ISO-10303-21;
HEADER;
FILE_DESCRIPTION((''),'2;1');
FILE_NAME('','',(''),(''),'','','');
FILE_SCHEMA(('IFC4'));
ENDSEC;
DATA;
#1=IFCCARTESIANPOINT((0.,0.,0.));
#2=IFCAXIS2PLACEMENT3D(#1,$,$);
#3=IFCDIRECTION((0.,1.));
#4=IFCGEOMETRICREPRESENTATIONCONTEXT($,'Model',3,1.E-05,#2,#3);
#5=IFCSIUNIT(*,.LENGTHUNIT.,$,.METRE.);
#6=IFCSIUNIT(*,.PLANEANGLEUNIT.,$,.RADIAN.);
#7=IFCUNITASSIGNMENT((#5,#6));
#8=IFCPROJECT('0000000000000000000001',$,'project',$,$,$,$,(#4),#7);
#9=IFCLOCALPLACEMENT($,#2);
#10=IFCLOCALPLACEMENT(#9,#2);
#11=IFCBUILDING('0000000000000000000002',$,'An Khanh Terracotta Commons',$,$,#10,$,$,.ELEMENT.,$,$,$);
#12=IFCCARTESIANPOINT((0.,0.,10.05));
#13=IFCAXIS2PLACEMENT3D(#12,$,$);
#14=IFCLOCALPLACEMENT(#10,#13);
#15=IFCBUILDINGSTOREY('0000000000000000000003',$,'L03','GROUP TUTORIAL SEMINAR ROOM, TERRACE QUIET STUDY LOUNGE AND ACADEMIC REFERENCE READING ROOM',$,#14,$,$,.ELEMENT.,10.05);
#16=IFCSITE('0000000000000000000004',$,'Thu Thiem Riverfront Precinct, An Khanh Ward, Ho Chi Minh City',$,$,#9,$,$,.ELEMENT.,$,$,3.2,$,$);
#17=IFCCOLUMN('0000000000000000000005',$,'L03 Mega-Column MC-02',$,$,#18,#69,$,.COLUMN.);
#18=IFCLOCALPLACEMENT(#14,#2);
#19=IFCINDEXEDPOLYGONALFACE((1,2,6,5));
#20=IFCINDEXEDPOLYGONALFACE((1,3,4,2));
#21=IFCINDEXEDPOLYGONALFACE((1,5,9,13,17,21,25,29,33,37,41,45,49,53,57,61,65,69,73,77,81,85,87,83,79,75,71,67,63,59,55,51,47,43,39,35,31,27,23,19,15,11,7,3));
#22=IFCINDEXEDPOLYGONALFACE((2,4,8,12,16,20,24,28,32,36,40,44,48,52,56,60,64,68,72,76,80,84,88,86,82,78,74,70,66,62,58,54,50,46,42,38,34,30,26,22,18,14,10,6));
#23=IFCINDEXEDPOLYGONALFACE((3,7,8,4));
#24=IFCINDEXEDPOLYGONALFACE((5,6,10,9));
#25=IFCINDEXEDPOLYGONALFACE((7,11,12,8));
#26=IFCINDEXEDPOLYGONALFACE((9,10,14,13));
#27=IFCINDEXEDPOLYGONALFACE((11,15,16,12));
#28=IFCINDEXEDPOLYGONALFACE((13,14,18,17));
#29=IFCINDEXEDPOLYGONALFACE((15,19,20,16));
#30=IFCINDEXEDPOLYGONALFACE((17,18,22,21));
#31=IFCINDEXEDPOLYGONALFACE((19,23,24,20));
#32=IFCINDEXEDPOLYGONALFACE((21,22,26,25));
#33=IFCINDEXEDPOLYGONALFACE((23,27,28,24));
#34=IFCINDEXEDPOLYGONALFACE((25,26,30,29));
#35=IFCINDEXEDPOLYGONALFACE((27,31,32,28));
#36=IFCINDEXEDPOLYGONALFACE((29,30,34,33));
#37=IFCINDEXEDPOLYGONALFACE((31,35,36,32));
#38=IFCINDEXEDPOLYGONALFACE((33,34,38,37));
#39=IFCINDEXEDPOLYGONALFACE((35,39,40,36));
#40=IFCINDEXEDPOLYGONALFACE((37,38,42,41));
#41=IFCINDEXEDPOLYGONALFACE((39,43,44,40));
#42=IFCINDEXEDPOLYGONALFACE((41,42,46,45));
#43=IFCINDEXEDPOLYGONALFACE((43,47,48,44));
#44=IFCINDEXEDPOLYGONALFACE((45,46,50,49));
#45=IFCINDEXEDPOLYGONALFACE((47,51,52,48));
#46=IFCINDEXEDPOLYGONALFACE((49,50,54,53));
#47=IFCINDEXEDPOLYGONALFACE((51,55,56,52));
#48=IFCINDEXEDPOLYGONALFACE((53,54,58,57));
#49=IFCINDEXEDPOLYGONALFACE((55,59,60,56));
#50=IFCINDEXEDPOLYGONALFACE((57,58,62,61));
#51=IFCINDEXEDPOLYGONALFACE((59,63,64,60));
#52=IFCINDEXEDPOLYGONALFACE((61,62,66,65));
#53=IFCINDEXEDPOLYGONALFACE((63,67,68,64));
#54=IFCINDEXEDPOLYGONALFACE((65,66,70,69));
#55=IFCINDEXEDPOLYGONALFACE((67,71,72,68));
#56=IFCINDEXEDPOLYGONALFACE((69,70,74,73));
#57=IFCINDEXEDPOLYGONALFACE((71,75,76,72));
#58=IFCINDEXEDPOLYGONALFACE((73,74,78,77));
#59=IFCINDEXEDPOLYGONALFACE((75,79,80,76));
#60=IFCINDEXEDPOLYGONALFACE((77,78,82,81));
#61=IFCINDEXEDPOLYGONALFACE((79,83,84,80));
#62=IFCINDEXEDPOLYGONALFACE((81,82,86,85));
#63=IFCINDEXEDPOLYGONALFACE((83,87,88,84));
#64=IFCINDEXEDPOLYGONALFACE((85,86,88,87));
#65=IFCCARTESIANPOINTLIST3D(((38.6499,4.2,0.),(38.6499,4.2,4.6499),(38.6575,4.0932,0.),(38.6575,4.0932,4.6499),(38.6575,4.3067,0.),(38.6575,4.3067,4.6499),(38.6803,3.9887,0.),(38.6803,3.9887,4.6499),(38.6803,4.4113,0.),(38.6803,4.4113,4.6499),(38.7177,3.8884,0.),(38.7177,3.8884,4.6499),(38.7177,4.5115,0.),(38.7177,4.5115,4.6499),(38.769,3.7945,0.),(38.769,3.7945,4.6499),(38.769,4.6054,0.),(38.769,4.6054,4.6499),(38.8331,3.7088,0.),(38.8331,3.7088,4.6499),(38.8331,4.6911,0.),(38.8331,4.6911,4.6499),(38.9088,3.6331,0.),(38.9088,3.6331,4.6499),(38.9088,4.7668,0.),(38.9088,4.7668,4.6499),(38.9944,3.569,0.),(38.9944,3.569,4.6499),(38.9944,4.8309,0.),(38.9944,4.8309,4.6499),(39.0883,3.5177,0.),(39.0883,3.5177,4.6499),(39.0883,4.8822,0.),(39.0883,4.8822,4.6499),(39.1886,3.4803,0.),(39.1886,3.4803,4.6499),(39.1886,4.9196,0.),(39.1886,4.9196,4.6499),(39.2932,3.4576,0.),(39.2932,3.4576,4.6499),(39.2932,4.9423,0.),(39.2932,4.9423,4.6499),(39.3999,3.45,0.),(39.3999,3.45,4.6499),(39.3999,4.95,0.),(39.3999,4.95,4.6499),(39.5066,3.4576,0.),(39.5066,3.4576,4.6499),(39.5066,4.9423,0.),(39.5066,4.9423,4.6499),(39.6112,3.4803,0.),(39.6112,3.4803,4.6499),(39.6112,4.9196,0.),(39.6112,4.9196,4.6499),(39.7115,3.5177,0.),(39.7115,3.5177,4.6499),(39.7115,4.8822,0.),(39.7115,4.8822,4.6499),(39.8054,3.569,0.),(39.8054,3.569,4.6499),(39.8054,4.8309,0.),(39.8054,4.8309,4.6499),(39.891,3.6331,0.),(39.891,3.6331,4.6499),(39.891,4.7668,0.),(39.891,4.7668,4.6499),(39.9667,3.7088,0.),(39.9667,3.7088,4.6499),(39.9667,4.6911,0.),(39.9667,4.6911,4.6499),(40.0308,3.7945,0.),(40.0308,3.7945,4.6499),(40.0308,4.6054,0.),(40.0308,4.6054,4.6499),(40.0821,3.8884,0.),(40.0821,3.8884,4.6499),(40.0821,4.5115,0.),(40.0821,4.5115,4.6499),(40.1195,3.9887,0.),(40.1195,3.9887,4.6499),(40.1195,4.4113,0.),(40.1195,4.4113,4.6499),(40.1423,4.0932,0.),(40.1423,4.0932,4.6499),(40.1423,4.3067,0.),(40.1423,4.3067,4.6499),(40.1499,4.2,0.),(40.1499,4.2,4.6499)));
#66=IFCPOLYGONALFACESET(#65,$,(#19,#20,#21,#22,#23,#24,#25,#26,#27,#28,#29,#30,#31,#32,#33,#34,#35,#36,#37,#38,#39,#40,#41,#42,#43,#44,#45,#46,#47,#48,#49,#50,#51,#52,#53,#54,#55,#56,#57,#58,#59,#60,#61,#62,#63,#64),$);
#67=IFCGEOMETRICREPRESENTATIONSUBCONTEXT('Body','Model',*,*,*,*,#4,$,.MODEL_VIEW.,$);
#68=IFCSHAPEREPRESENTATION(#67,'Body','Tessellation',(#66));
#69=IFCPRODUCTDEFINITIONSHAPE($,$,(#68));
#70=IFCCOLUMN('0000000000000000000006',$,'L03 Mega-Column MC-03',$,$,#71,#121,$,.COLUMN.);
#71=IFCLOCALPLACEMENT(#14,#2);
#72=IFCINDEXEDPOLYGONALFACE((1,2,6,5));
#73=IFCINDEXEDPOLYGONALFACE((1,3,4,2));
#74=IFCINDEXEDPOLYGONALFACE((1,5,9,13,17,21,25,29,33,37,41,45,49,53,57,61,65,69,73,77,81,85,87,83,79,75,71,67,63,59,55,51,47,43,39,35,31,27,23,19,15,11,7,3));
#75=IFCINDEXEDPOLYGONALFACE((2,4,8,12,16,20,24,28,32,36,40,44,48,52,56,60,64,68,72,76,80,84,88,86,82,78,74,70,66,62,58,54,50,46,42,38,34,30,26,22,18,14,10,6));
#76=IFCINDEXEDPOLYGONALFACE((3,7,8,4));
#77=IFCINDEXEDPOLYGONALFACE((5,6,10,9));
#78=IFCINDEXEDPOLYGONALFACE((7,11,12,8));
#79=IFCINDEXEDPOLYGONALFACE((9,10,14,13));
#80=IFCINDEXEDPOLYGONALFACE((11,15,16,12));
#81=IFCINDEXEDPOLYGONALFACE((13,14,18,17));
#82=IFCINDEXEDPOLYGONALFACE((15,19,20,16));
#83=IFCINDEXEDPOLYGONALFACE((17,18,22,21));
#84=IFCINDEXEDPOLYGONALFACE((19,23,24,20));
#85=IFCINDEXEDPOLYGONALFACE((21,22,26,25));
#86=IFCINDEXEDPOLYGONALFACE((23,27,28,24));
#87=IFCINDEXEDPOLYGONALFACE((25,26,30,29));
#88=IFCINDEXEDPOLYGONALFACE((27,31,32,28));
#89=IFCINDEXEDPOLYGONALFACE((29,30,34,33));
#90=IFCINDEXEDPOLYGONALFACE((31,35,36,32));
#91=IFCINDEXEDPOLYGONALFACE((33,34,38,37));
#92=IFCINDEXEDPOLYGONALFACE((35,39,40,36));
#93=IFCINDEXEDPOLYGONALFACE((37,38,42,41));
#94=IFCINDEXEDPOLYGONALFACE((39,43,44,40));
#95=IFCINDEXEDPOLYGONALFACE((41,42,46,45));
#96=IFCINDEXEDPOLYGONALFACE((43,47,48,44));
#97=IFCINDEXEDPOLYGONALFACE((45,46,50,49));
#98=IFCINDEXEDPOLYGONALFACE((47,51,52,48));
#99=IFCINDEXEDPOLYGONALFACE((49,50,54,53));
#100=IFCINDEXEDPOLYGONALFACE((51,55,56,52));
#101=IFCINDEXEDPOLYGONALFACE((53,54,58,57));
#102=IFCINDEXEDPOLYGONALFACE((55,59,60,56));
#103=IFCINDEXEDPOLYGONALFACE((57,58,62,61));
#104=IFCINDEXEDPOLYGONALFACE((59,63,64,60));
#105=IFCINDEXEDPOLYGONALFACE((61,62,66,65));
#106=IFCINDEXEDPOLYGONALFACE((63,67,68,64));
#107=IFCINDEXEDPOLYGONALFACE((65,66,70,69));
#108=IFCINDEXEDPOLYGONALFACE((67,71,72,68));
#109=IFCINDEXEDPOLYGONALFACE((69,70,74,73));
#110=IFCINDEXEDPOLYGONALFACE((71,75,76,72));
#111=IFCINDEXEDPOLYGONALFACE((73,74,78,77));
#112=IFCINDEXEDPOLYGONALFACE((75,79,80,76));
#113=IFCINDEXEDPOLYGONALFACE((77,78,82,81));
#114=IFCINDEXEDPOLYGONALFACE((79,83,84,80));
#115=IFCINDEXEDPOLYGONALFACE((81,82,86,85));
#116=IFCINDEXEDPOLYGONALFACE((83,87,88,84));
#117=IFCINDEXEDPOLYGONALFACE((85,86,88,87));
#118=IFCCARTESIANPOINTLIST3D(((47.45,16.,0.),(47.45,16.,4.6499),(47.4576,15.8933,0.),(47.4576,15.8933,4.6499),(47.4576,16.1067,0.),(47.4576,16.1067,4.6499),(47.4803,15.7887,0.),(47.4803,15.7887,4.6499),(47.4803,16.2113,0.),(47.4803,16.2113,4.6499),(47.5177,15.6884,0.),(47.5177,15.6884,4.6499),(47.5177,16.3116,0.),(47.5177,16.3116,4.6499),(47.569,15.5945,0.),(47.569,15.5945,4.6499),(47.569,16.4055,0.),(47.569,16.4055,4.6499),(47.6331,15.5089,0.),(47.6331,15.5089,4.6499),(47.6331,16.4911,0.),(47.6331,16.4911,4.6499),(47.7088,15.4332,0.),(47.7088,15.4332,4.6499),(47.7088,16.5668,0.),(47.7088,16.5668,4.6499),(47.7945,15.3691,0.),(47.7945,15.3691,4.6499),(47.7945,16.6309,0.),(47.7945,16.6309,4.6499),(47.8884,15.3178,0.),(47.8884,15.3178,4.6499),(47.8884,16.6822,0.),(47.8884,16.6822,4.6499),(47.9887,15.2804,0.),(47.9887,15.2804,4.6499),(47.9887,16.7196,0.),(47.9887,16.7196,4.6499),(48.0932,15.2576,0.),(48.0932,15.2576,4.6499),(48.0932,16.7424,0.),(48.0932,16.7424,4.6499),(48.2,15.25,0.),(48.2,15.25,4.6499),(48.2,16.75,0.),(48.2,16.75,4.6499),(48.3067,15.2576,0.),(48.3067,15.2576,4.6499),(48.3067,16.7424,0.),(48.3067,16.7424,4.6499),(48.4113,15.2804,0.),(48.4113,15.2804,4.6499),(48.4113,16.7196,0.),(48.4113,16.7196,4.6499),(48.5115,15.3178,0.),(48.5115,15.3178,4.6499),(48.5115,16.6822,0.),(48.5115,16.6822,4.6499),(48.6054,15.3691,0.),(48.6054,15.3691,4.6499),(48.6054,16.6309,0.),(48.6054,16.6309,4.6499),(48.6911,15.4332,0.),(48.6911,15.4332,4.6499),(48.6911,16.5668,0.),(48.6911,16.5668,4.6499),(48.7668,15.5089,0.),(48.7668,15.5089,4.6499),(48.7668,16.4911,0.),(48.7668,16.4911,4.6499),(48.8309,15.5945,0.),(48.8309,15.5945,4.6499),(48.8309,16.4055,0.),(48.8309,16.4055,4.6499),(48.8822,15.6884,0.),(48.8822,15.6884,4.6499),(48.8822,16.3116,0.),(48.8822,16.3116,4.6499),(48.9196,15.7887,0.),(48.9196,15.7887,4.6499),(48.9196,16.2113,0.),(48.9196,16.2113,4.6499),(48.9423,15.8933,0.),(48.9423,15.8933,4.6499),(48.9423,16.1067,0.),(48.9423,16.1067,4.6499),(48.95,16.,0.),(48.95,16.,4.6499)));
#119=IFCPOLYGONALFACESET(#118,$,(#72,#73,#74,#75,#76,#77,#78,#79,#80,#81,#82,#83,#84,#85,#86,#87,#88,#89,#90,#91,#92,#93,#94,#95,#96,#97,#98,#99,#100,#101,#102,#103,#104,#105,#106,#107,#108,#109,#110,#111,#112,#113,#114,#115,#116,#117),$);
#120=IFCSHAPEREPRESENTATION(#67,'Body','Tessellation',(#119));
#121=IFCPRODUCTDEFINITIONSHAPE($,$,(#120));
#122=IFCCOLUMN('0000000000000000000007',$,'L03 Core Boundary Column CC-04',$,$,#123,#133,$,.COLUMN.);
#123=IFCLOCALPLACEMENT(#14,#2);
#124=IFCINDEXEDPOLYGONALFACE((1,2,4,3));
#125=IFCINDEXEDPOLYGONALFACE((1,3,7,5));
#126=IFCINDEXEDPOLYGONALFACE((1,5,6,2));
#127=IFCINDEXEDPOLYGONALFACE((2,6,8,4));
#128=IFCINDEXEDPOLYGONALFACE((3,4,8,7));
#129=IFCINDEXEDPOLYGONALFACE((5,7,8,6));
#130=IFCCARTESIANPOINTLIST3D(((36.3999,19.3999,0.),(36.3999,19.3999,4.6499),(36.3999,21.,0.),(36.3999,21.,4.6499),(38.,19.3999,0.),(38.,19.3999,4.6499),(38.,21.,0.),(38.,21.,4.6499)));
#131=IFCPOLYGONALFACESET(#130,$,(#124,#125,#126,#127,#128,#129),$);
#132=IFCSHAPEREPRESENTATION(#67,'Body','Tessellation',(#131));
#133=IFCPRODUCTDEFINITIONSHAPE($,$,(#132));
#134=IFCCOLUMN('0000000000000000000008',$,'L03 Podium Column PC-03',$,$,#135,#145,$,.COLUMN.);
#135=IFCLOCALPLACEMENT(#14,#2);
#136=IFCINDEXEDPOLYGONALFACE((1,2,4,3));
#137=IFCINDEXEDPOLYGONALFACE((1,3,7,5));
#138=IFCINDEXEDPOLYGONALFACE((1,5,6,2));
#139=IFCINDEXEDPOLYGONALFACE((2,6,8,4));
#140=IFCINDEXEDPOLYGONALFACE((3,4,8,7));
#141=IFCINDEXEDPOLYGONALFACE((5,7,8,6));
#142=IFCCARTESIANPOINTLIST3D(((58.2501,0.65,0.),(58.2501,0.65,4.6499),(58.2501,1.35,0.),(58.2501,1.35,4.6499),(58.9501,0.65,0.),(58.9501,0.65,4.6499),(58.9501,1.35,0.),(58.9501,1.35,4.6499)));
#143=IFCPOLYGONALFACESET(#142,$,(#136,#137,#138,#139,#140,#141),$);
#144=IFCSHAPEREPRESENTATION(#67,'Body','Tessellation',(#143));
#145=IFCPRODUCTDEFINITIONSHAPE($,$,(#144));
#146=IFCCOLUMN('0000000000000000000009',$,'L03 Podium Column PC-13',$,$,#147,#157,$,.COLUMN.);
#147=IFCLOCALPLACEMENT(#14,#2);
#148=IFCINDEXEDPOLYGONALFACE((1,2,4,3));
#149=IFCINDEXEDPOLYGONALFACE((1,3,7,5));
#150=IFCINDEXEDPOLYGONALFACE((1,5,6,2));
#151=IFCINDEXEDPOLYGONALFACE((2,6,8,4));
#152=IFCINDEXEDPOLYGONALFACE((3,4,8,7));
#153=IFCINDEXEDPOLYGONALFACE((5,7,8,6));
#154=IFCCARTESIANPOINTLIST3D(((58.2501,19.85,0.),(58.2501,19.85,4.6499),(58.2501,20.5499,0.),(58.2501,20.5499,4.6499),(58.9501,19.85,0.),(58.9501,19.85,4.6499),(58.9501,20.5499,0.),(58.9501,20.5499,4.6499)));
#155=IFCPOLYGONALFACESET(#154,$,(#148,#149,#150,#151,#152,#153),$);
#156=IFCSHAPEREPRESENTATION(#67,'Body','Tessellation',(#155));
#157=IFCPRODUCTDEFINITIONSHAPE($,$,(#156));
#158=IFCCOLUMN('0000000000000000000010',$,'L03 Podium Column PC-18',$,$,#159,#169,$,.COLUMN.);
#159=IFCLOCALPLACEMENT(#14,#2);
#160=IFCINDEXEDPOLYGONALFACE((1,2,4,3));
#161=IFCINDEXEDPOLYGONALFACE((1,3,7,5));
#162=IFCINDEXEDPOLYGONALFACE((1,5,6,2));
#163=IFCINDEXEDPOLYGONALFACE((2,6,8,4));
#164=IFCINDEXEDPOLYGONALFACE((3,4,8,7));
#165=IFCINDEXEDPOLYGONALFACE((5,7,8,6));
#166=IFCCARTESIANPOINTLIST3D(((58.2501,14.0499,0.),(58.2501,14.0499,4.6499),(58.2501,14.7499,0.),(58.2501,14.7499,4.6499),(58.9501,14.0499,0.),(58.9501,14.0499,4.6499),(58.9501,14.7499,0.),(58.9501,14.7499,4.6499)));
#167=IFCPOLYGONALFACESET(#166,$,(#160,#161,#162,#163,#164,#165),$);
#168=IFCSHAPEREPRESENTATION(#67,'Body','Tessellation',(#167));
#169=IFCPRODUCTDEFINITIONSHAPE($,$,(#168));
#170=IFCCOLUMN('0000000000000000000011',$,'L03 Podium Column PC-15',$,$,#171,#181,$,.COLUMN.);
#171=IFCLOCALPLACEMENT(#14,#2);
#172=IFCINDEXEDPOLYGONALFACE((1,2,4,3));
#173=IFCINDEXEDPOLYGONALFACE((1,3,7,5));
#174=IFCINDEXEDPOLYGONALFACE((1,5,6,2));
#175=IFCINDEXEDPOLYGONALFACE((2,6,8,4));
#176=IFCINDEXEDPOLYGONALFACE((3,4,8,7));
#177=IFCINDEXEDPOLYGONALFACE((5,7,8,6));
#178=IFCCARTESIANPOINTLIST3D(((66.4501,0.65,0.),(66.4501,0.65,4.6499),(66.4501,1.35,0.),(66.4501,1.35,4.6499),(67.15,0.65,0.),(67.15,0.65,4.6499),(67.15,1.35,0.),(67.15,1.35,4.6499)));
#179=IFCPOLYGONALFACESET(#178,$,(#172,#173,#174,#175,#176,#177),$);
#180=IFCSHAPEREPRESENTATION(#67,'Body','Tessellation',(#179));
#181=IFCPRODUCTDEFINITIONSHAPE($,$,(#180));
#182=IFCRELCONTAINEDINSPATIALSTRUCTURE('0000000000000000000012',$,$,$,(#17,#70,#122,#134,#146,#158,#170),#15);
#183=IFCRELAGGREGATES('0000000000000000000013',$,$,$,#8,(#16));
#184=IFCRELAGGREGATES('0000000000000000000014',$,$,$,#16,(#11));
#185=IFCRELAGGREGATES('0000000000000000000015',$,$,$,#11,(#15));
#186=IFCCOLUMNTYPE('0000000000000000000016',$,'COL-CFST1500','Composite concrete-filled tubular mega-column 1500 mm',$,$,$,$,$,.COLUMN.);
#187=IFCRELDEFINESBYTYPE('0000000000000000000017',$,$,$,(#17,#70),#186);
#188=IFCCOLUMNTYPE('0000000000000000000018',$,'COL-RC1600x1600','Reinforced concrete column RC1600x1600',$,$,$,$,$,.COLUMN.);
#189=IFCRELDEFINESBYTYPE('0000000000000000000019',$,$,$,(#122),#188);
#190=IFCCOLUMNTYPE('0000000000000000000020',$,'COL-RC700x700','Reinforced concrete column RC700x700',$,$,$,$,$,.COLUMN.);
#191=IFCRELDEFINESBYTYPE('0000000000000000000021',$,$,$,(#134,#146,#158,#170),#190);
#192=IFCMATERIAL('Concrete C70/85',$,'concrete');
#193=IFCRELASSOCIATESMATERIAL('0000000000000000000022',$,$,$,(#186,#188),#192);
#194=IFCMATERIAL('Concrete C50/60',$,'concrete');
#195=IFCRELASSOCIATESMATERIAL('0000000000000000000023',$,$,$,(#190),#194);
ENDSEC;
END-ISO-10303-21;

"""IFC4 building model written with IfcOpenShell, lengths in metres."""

from ifc_helpers import new_model, si_unit, direction, frame, origin, origin_2d, place, context, subcontext, project, spatial, rectangle, circle, extrude, material, material_profile, profile_set, type_object, element, save


model = new_model("IFC4")

# Units and contexts
model_context = context("Model", 3, precision=1e-05, world=origin(), true_north=direction((0.0, 1.0)))
body_context = subcontext(model_context, "Body", "Model", "MODEL_VIEW")
ifc_project = project(units=[si_unit("LENGTHUNIT", "METRE"), si_unit("PLANEANGLEUNIT", "RADIAN")], contexts=[model_context])

# Site, building, storey
site_placement = place(None, origin())
site = spatial("IfcSite", under=ifc_project, at=site_placement, Name="Thu Thiem Riverfront Precinct, An Khanh Ward, Ho Chi Minh City", CompositionType="ELEMENT", RefElevation=3.2)
building_placement = place(site_placement, origin())
building = spatial("IfcBuilding", under=site, at=building_placement, Name="An Khanh Terracotta Commons", CompositionType="ELEMENT")
storey_placement = place(building_placement, frame((0.0, 0.0, 10.05)))
storey = spatial("IfcBuildingStorey", under=building, at=storey_placement, Name="L03", Description="GROUP TUTORIAL SEMINAR ROOM, TERRACE QUIET STUDY LOUNGE AND ACADEMIC REFERENCE READING ROOM", CompositionType="ELEMENT", Elevation=10.05)

# Columns
ifc_material_1 = material(Name="Concrete C70/85", Category="concrete")
ifc_material_profile_1 = material_profile(ifc_material_1, circle(Radius=0.75, at=origin_2d()), Name="CFST1500")
ifc_profile_set_1 = profile_set([ifc_material_profile_1], Name="Concrete C70/85")
column_type_1 = type_object("IfcColumnType", Name="COL-CFST1500", Description="Composite concrete-filled tubular mega-column 1500 mm", PredefinedType="COLUMN", material=ifc_profile_set_1)
for number, where, z_axis, x_axis, name in (
    (1, (39.3999, 4.2, 0.0), (0.0, 0.0, 1.0), (1.0, 0.0, 0.0), "L03 Mega-Column MC-02"),
    (2, (48.2, 16.0, 0.0), (0.0, 0.0, 1.0), (1.0, 0.0, 0.0), "L03 Mega-Column MC-03"),
):
    element("IfcColumn", number, at=place(storey_placement, frame(where, z_axis=z_axis, x_axis=x_axis)), inside=storey, type_object=column_type_1, Name=name, PredefinedType="COLUMN", context=body_context, shape_type="SweptSolid", body=[
        extrude(circle(Radius=0.75, at=origin_2d()), origin(), (0.0, 0.0, 1.0), 4.6499),
    ])
ifc_material_profile_2 = material_profile(ifc_material_1, rectangle(XDim=1.6001, YDim=1.6001, at=origin_2d()), Name="RC1600x1600")
ifc_profile_set_2 = profile_set([ifc_material_profile_2], Name="Concrete C70/85")
column_type_2 = type_object("IfcColumnType", Name="COL-RC1600x1600", Description="Reinforced concrete column RC1600x1600", PredefinedType="COLUMN", material=ifc_profile_set_2)
column_placement = place(storey_placement, frame((37.2, 20.2, 0.0), z_axis=(0.0, 0.0, 1.0), x_axis=(1.0, 0.0, 0.0)))
element("IfcColumn", 3, at=column_placement, inside=storey, type_object=column_type_2, Name="L03 Core Boundary Column CC-04", PredefinedType="COLUMN", context=body_context, shape_type="SweptSolid", body=[
    extrude(rectangle(XDim=1.6001, YDim=1.6001, at=origin_2d()), origin(), (0.0, 0.0, 1.0), 4.6499),
])
ifc_material_2 = material(Name="Concrete C50/60", Category="concrete")
ifc_material_profile_3 = material_profile(ifc_material_2, rectangle(XDim=0.7, YDim=0.7, at=origin_2d()), Name="RC700x700")
ifc_profile_set_3 = profile_set([ifc_material_profile_3], Name="Concrete C50/60")
column_type_3 = type_object("IfcColumnType", Name="COL-RC700x700", Description="Reinforced concrete column RC700x700", PredefinedType="COLUMN", material=ifc_profile_set_3)
for number, where, z_axis, x_axis, name in (
    (4, (58.6001, 1.0, 0.0), (0.0, 0.0, 1.0), (1.0, 0.0, 0.0), "L03 Podium Column PC-03"),
    (5, (58.6001, 20.2, 0.0), (0.0, 0.0, 1.0), (1.0, 0.0, 0.0), "L03 Podium Column PC-13"),
    (6, (58.6001, 14.3999, 0.0), (0.0, 0.0, 1.0), (1.0, 0.0, 0.0), "L03 Podium Column PC-18"),
    (7, (66.8, 1.0, 0.0), (0.0, 0.0, 1.0), (1.0, 0.0, 0.0), "L03 Podium Column PC-15"),
):
    element("IfcColumn", number, at=place(storey_placement, frame(where, z_axis=z_axis, x_axis=x_axis)), inside=storey, type_object=column_type_3, Name=name, PredefinedType="COLUMN", context=body_context, shape_type="SweptSolid", body=[
        extrude(rectangle(XDim=0.7, YDim=0.7, at=origin_2d()), origin(), (0.0, 0.0, 1.0), 4.6499),
    ])

save(model, "model.ifc")
